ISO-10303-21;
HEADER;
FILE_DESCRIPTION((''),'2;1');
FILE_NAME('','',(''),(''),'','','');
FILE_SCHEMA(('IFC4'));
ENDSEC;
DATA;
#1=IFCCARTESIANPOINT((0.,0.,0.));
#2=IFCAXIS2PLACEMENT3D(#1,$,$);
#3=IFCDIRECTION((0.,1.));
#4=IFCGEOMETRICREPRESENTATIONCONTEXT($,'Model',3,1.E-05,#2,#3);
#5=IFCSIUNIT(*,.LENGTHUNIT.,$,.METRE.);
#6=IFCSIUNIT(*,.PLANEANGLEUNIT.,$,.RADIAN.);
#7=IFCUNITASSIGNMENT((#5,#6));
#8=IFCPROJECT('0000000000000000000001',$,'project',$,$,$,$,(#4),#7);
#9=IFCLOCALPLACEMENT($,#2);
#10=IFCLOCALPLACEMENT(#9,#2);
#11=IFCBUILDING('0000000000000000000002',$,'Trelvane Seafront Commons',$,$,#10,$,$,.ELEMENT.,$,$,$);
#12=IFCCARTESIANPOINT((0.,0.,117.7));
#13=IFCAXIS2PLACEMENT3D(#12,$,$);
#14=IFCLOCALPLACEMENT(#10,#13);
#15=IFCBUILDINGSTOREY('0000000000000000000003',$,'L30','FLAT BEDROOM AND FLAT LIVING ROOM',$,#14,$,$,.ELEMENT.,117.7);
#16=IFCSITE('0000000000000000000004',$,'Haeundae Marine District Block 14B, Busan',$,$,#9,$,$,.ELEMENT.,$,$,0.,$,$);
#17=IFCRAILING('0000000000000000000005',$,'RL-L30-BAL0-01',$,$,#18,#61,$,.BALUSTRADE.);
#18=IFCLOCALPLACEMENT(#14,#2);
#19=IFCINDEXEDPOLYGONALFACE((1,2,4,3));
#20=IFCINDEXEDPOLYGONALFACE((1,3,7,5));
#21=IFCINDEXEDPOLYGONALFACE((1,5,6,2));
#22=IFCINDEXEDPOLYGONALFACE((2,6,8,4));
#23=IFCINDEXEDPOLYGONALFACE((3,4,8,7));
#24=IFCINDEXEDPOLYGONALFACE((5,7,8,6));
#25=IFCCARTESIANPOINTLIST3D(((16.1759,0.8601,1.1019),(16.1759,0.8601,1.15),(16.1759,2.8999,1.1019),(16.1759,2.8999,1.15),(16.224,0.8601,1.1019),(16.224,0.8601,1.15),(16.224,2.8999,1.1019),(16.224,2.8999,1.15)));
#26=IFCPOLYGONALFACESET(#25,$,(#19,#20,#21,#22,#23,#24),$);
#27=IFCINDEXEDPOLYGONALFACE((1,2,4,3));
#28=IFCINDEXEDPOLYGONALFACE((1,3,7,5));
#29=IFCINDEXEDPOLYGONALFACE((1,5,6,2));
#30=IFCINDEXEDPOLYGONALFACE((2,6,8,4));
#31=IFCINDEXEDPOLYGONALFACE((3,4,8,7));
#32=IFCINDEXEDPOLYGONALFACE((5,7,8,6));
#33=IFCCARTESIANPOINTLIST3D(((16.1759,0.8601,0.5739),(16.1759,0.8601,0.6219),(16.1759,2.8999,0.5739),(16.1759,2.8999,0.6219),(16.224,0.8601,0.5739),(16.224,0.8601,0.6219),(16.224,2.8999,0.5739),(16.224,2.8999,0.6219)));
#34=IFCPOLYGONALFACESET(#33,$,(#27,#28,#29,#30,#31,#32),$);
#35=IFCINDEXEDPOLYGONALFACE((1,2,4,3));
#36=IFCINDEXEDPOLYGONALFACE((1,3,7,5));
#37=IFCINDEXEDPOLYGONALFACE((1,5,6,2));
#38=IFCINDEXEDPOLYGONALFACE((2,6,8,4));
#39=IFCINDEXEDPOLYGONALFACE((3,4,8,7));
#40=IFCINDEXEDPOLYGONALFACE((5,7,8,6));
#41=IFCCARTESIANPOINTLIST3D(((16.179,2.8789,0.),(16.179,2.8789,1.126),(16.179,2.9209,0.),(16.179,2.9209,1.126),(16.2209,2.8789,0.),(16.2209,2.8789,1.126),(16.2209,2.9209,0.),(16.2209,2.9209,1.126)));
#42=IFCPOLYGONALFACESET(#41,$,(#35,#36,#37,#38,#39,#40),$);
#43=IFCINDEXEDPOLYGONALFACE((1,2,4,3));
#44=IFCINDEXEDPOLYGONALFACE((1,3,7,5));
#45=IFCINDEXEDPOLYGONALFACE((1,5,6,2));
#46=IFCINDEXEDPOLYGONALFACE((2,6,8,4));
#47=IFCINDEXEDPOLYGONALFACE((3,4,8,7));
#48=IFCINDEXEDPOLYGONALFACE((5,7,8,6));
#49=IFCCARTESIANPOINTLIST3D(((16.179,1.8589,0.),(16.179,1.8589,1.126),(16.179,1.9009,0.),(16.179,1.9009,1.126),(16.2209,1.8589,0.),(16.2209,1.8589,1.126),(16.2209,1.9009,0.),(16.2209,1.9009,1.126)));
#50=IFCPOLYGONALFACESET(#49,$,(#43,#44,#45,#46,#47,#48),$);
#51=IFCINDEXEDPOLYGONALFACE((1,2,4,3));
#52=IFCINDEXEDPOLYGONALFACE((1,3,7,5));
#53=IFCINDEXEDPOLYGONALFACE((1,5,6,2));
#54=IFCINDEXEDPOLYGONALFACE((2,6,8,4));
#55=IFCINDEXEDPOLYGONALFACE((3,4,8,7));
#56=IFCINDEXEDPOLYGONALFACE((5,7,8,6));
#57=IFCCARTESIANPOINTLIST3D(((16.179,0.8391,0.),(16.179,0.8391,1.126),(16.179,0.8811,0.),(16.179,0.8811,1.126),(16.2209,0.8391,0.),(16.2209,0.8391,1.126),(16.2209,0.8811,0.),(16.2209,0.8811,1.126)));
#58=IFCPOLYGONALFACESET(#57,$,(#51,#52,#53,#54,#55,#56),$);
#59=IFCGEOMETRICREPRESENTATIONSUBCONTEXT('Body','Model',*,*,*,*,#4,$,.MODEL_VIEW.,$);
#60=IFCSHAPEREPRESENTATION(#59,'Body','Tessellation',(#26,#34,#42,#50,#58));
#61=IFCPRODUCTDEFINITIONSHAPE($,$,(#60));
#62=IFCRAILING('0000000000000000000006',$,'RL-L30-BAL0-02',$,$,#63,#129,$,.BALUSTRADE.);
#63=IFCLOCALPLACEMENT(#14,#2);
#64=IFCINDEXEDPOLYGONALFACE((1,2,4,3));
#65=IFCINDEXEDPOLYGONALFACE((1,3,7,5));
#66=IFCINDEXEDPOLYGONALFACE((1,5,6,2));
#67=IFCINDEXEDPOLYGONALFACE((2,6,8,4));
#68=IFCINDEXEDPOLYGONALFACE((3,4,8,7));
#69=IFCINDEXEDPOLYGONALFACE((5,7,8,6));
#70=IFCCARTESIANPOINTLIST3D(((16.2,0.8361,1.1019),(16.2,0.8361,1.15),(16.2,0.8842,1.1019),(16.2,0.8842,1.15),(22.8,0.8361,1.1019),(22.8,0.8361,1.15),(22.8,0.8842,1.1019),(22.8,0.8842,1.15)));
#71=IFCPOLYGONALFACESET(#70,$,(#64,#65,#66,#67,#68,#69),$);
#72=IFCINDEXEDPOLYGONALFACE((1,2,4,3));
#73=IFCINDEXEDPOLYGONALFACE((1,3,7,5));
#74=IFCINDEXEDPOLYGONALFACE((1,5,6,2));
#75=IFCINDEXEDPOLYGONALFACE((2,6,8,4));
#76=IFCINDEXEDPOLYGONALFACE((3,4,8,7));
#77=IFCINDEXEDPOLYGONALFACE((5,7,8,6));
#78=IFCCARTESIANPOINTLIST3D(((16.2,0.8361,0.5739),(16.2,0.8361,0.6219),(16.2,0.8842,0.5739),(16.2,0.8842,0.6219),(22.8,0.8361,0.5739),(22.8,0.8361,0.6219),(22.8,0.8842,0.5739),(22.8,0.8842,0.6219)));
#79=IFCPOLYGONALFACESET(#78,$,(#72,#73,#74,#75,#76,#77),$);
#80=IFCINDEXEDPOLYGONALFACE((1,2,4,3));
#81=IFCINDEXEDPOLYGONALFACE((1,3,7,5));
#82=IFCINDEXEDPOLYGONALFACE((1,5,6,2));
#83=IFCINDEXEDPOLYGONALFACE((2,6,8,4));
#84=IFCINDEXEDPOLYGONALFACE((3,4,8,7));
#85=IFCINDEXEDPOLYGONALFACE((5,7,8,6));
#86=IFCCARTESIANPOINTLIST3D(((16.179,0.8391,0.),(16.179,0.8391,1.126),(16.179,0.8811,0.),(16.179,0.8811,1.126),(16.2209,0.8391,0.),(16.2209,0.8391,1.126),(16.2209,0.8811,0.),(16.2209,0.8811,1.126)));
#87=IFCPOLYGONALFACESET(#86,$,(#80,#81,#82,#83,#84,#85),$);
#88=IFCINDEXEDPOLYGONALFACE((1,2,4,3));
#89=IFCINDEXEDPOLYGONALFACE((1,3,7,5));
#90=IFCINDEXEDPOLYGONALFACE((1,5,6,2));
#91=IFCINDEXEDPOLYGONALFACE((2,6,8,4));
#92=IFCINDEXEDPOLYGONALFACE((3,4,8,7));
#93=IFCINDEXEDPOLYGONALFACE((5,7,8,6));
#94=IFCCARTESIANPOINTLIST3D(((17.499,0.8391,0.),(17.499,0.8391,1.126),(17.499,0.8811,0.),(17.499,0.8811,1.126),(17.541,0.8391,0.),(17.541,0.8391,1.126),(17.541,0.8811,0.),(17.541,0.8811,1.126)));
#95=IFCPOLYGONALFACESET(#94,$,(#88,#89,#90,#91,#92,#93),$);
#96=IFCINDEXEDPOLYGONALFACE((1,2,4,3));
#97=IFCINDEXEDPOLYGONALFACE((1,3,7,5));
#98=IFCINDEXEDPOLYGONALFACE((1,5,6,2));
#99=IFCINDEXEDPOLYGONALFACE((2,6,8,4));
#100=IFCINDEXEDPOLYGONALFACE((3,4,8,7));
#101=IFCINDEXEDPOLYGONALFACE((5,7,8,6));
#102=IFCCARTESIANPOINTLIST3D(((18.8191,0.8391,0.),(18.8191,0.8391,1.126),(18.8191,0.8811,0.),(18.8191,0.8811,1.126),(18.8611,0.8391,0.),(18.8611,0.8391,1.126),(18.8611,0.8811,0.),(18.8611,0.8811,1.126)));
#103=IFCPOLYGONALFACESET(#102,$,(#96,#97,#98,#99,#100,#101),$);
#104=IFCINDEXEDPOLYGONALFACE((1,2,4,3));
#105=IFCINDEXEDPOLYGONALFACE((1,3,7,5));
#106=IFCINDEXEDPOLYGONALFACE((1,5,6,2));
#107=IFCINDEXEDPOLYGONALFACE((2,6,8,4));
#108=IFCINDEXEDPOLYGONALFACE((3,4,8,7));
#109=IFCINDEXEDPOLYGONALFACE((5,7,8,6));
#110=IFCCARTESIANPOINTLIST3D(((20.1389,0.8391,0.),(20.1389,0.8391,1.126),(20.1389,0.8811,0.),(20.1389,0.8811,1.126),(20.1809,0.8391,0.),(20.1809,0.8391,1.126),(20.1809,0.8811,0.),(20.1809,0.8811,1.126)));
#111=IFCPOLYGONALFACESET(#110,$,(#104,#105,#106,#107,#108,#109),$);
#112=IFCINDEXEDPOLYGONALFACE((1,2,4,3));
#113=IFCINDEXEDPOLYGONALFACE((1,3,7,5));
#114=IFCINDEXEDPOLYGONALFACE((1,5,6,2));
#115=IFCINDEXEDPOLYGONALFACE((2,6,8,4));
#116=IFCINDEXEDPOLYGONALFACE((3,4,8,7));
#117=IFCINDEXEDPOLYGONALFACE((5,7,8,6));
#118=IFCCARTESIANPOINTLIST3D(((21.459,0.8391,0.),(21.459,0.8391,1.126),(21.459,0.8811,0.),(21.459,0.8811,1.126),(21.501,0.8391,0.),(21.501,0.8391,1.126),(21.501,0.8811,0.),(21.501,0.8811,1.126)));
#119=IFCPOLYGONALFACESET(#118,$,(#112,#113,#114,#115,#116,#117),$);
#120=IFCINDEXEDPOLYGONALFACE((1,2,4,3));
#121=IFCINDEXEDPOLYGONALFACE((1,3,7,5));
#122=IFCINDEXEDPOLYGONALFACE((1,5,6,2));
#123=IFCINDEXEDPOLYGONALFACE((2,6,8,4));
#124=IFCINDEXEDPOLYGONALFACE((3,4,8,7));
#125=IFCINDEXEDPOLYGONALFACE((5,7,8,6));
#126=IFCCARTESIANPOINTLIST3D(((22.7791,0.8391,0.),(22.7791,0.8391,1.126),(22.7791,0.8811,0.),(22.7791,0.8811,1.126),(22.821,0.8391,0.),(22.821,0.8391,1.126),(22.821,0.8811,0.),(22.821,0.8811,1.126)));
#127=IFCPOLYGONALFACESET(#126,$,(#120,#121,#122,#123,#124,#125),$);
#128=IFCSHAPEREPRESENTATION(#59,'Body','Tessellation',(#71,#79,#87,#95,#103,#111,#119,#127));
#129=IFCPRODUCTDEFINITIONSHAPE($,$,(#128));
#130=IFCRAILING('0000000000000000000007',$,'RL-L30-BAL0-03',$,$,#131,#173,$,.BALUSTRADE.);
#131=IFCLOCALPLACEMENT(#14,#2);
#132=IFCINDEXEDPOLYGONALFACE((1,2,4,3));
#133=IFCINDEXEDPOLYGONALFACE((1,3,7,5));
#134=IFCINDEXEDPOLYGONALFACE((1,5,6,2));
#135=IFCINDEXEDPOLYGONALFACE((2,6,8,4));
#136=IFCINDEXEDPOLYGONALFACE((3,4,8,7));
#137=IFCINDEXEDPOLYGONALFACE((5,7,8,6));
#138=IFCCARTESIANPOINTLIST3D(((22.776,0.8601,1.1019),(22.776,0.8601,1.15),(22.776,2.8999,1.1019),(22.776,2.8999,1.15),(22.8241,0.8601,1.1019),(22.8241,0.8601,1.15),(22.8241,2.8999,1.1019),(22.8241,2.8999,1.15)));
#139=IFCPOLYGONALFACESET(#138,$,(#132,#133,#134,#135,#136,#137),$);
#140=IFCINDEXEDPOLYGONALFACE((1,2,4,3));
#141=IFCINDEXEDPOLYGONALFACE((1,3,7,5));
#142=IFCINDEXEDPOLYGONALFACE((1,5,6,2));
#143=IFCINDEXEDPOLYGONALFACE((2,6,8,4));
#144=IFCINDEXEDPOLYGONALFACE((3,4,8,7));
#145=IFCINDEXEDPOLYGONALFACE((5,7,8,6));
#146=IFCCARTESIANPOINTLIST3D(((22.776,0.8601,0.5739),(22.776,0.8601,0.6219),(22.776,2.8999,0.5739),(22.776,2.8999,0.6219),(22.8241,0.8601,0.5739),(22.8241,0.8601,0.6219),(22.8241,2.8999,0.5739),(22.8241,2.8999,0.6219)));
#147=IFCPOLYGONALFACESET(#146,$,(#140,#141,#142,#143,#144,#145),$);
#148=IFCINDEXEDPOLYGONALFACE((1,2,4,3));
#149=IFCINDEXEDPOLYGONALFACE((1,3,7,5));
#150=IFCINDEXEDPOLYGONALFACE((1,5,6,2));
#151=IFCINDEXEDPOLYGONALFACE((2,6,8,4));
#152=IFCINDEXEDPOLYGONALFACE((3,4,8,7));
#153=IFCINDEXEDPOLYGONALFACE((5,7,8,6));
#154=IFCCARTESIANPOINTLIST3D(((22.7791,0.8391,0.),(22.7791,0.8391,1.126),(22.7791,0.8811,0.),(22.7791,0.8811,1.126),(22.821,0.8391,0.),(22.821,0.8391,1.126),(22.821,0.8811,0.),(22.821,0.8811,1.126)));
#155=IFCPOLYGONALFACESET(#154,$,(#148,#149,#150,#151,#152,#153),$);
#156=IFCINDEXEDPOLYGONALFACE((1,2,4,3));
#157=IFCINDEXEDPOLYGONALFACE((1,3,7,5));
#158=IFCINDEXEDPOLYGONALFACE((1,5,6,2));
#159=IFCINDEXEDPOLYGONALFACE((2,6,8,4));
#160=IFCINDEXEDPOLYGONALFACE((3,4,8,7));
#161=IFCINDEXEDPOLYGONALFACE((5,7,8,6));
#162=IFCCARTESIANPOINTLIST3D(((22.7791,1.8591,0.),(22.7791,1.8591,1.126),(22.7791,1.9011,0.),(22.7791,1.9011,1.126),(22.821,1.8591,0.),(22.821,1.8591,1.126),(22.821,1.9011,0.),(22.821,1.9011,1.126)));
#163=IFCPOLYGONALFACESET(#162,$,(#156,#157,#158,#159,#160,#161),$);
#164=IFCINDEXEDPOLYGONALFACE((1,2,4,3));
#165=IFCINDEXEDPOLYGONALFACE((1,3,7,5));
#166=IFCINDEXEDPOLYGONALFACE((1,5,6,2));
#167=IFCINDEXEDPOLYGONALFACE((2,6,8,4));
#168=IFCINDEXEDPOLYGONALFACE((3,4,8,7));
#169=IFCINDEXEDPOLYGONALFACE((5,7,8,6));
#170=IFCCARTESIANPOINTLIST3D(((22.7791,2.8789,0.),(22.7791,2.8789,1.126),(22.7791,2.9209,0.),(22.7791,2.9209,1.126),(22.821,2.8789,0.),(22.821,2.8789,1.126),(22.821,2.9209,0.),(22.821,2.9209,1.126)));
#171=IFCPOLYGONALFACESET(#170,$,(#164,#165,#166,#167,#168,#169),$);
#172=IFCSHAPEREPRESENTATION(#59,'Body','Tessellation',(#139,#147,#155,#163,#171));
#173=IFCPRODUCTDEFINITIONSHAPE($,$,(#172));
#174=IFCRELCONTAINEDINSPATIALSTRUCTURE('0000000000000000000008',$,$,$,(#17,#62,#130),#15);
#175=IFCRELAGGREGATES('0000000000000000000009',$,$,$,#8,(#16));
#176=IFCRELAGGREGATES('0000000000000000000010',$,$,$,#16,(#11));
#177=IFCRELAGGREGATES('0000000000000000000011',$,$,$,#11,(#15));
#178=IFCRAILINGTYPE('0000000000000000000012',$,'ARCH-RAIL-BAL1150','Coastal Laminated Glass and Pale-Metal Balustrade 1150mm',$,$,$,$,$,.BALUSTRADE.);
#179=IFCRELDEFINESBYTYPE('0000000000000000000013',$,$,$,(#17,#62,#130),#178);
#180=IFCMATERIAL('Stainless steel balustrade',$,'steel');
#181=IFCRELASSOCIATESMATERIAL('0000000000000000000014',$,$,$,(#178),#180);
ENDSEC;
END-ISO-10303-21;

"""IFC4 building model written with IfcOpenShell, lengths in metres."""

from ifc_helpers import new_model, si_unit, direction, frame, origin, origin_2d, place, context, subcontext, project, spatial, rectangle, extrude, material, type_object, element, save


model = new_model("IFC4")

# Units and contexts
model_context = context("Model", 3, precision=1e-05, world=origin(), true_north=direction((0.0, 1.0)))
body_context = subcontext(model_context, "Body", "Model", "MODEL_VIEW")
ifc_project = project(units=[si_unit("LENGTHUNIT", "METRE"), si_unit("PLANEANGLEUNIT", "RADIAN")], contexts=[model_context])

# Site, building, storey
site_placement = place(None, origin())
site = spatial("IfcSite", under=ifc_project, at=site_placement, Name="Haeundae Marine District Block 14B, Busan", CompositionType="ELEMENT", RefElevation=0.0)
building_placement = place(site_placement, origin())
building = spatial("IfcBuilding", under=site, at=building_placement, Name="Trelvane Seafront Commons", CompositionType="ELEMENT")
storey_placement = place(building_placement, frame((0.0, 0.0, 117.7)))
storey = spatial("IfcBuildingStorey", under=building, at=storey_placement, Name="L30", Description="FLAT BEDROOM AND FLAT LIVING ROOM", CompositionType="ELEMENT", Elevation=117.7)

# Railings
ifc_material_1 = material(Name="Stainless steel balustrade", Category="steel")
railing_type = type_object("IfcRailingType", Name="ARCH-RAIL-BAL1150", Description="Coastal Laminated Glass and Pale-Metal Balustrade 1150mm", PredefinedType="BALUSTRADE", material=ifc_material_1)
railing_1_placement = place(storey_placement, frame((16.2, 2.8999, 0.0)))
element("IfcRailing", 1, at=railing_1_placement, inside=storey, type_object=railing_type, Name="RL-L30-BAL0-01", PredefinedType="BALUSTRADE", context=body_context, shape_type="SweptSolid", body=[
    extrude(rectangle(XDim=0.0481, YDim=0.0481, at=origin_2d()), frame((0.0, 0.0, 1.126), z_axis=(0.0, -1.0, 0.0), x_axis=(1.0, 0.0, 0.0)), (0.0, 0.0, 1.0), 2.0398),
    extrude(rectangle(XDim=0.0481, YDim=0.0481, at=origin_2d()), frame((0.0, 0.0, 0.5979), z_axis=(0.0, -1.0, 0.0), x_axis=(1.0, 0.0, 0.0)), (0.0, 0.0, 1.0), 2.0398),
    extrude(rectangle(XDim=0.042, YDim=0.042, at=origin_2d()), origin(), (0.0, 0.0, 1.0), 1.126),
    extrude(rectangle(XDim=0.042, YDim=0.042, at=origin_2d()), frame((0.0, -1.02, 0.0)), (0.0, 0.0, 1.0), 1.126),
    extrude(rectangle(XDim=0.042, YDim=0.042, at=origin_2d()), frame((0.0, -2.0398, 0.0)), (0.0, 0.0, 1.0), 1.126),
])
railing_2_placement = place(storey_placement, frame((16.2, 0.8601, 0.0)))
element("IfcRailing", 2, at=railing_2_placement, inside=storey, type_object=railing_type, Name="RL-L30-BAL0-02", PredefinedType="BALUSTRADE", context=body_context, shape_type="SweptSolid", body=[
    extrude(rectangle(XDim=0.0481, YDim=0.0481, at=origin_2d()), frame((0.0, 0.0, 1.126), z_axis=(1.0, 0.0, 0.0), x_axis=(0.0, 1.0, 0.0)), (0.0, 0.0, 1.0), 6.6001),
    extrude(rectangle(XDim=0.0481, YDim=0.0481, at=origin_2d()), frame((0.0, 0.0, 0.5979), z_axis=(1.0, 0.0, 0.0), x_axis=(0.0, 1.0, 0.0)), (0.0, 0.0, 1.0), 6.6001),
    extrude(rectangle(XDim=0.042, YDim=0.042, at=origin_2d()), origin(), (0.0, 0.0, 1.0), 1.126),
    extrude(rectangle(XDim=0.042, YDim=0.042, at=origin_2d()), frame((1.3201, 0.0, 0.0)), (0.0, 0.0, 1.0), 1.126),
    extrude(rectangle(XDim=0.042, YDim=0.042, at=origin_2d()), frame((2.6401, 0.0, 0.0)), (0.0, 0.0, 1.0), 1.126),
    extrude(rectangle(XDim=0.042, YDim=0.042, at=origin_2d()), frame((3.96, 0.0, 0.0)), (0.0, 0.0, 1.0), 1.126),
    extrude(rectangle(XDim=0.042, YDim=0.042, at=origin_2d()), frame((5.28, 0.0, 0.0)), (0.0, 0.0, 1.0), 1.126),
    extrude(rectangle(XDim=0.042, YDim=0.042, at=origin_2d()), frame((6.6001, 0.0, 0.0)), (0.0, 0.0, 1.0), 1.126),
])
railing_3_placement = place(storey_placement, frame((22.8, 0.8601, 0.0)))
element("IfcRailing", 3, at=railing_3_placement, inside=storey, type_object=railing_type, Name="RL-L30-BAL0-03", PredefinedType="BALUSTRADE", context=body_context, shape_type="SweptSolid", body=[
    extrude(rectangle(XDim=0.0481, YDim=0.0481, at=origin_2d()), frame((0.0, 0.0, 1.126), z_axis=(0.0, 1.0, 0.0), x_axis=(-1.0, 0.0, 0.0)), (0.0, 0.0, 1.0), 2.0398),
    extrude(rectangle(XDim=0.0481, YDim=0.0481, at=origin_2d()), frame((0.0, 0.0, 0.5979), z_axis=(0.0, 1.0, 0.0), x_axis=(-1.0, 0.0, 0.0)), (0.0, 0.0, 1.0), 2.0398),
    extrude(rectangle(XDim=0.042, YDim=0.042, at=origin_2d()), origin(), (0.0, 0.0, 1.0), 1.126),
    extrude(rectangle(XDim=0.042, YDim=0.042, at=origin_2d()), frame((0.0, 1.02, 0.0)), (0.0, 0.0, 1.0), 1.126),
    extrude(rectangle(XDim=0.042, YDim=0.042, at=origin_2d()), frame((0.0, 2.0398, 0.0)), (0.0, 0.0, 1.0), 1.126),
])

save(model, "model.ifc")
